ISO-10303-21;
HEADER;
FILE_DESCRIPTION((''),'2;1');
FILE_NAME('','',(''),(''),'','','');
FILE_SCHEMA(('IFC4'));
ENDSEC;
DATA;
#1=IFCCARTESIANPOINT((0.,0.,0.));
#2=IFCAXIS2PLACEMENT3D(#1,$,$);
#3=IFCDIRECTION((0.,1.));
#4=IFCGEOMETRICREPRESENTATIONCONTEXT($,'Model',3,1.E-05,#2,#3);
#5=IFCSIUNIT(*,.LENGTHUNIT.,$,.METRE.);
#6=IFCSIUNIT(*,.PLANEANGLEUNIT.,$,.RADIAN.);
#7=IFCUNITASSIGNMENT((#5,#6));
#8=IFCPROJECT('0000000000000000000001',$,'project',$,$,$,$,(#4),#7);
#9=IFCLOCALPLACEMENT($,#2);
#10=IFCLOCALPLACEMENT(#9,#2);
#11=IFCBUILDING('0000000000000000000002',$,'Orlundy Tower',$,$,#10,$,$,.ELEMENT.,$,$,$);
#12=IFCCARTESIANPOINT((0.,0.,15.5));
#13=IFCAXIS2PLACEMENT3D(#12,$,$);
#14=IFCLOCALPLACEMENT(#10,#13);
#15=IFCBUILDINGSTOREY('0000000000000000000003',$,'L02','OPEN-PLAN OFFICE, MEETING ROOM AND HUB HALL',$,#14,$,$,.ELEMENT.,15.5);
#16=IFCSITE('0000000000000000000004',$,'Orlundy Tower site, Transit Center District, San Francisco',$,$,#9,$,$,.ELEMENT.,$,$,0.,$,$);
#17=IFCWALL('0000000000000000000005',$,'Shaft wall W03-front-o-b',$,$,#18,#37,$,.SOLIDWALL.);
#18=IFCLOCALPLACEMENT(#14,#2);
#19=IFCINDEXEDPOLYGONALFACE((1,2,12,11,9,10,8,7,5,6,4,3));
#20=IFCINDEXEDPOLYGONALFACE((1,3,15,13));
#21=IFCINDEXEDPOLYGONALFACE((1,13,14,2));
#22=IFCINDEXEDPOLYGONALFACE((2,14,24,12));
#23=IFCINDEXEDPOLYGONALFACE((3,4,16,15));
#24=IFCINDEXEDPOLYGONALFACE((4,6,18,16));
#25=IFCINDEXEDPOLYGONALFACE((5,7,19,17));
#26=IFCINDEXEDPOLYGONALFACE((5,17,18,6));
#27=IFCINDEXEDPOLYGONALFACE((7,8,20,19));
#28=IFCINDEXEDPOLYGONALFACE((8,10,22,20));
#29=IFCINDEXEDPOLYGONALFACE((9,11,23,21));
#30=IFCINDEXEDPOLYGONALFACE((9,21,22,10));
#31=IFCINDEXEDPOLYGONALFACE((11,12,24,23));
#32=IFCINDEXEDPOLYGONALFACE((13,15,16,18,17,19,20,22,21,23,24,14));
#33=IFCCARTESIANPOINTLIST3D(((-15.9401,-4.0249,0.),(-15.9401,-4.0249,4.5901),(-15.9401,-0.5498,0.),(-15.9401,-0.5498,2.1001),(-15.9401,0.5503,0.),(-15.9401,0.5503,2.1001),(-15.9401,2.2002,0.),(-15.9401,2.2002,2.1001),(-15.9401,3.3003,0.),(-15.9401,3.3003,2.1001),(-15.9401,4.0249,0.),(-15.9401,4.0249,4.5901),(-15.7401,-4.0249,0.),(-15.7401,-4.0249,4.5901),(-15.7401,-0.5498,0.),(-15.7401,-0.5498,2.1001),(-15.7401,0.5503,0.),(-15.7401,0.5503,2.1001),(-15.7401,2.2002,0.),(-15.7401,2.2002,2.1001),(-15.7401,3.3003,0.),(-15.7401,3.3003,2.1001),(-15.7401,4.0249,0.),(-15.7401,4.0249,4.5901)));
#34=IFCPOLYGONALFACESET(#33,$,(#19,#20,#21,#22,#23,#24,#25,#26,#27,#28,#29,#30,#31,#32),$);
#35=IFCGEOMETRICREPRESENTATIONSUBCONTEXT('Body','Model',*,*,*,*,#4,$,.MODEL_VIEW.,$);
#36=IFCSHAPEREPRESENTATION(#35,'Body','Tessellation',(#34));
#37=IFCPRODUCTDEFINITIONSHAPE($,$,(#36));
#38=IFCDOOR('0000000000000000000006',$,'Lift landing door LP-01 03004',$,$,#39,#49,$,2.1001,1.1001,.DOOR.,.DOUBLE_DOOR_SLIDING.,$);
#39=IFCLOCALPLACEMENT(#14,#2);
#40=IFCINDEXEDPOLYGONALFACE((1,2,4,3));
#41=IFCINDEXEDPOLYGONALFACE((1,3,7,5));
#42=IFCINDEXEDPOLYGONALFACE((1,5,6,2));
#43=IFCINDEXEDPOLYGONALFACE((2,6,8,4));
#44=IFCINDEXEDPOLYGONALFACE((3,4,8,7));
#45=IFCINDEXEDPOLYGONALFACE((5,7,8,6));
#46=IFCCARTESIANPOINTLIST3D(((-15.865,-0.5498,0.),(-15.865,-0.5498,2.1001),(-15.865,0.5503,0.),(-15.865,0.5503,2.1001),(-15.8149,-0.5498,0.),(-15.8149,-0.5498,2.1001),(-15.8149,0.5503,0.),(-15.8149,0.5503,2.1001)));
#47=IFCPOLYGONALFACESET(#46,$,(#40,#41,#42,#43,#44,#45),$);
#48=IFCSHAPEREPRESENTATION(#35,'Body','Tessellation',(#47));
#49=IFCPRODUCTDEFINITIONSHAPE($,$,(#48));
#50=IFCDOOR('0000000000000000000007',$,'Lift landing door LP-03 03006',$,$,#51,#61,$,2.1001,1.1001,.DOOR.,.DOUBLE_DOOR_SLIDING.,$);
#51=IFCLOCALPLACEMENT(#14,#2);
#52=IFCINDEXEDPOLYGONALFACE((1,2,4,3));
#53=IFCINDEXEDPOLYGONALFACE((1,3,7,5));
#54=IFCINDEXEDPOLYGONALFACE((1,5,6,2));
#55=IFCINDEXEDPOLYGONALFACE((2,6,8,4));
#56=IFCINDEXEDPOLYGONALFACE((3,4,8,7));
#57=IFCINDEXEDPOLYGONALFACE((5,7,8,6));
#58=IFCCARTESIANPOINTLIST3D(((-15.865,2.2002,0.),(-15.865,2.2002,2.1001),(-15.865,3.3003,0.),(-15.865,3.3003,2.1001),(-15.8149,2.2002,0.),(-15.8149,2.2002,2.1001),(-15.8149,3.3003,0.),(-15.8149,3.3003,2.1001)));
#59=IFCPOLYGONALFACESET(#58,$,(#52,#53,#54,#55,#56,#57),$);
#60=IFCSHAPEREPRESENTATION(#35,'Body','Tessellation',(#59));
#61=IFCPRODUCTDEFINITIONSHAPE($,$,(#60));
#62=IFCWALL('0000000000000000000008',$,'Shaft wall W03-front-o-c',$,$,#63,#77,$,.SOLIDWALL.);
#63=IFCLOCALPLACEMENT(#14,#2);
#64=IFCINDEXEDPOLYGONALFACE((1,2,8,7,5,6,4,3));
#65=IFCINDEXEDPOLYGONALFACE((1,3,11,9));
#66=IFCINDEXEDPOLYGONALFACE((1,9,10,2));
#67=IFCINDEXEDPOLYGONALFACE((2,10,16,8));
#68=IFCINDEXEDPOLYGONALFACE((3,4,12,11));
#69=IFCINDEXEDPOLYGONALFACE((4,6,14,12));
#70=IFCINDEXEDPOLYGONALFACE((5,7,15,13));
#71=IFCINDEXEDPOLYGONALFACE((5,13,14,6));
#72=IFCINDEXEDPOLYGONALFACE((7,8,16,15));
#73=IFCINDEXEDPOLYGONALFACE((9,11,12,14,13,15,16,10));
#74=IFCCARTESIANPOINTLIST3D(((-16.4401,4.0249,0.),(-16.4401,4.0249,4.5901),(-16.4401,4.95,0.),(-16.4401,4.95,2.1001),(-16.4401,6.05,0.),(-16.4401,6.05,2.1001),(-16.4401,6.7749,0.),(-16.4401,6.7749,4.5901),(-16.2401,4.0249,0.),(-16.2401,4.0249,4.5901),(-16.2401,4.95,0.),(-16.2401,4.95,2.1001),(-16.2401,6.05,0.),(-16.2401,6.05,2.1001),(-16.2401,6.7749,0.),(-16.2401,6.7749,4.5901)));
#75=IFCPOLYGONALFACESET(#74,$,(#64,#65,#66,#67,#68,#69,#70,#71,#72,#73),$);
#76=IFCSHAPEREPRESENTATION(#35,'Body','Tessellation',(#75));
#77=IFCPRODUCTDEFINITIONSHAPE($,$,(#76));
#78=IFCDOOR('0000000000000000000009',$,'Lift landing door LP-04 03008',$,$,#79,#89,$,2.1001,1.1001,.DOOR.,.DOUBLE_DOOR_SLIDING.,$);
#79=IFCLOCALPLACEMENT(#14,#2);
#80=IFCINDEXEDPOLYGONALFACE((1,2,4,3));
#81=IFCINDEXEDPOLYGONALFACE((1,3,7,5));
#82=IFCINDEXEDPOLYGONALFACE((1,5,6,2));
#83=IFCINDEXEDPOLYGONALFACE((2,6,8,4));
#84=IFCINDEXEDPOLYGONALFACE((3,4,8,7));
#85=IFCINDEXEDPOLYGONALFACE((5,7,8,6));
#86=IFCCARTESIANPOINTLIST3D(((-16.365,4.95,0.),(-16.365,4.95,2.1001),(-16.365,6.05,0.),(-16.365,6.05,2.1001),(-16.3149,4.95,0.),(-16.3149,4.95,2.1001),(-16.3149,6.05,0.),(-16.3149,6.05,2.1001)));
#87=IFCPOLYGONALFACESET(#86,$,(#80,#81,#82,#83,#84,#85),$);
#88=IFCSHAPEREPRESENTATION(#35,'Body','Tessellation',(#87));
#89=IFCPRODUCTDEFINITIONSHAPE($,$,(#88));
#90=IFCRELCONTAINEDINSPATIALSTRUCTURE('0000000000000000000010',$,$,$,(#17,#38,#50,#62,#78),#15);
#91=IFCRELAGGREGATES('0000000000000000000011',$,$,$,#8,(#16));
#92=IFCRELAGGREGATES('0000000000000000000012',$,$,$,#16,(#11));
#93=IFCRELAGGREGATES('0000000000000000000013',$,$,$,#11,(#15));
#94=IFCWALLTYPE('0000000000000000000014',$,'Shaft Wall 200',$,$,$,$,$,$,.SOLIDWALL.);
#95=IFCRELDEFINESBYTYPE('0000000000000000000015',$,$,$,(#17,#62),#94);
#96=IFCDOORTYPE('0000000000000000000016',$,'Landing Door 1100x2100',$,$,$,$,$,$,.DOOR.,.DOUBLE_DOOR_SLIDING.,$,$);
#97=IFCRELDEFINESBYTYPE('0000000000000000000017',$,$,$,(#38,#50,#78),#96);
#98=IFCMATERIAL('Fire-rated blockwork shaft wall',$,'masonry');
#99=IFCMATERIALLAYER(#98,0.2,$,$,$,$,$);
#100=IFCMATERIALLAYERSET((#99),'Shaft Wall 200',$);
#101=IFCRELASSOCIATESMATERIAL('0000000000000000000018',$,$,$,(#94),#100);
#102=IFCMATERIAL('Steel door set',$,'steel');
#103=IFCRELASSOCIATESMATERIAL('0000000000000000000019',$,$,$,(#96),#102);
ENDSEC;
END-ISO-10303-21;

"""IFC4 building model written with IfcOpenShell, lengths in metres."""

from ifc_helpers import new_model, si_unit, direction, frame, frame_2d, origin, place, context, subcontext, project, spatial, rectangle, extrude, material, layer, layer_set, type_object, element, fill, save


model = new_model("IFC4")

# Units and contexts
model_context = context("Model", 3, precision=1e-05, world=origin(), true_north=direction((0.0, 1.0)))
body_context = subcontext(model_context, "Body", "Model", "MODEL_VIEW")
ifc_project = project(units=[si_unit("LENGTHUNIT", "METRE"), si_unit("PLANEANGLEUNIT", "RADIAN")], contexts=[model_context])

# Site, building, storey
site_placement = place(None, origin())
site = spatial("IfcSite", under=ifc_project, at=site_placement, Name="Orlundy Tower site, Transit Center District, San Francisco", CompositionType="ELEMENT", RefElevation=0.0)
building_placement = place(site_placement, origin())
building = spatial("IfcBuilding", under=site, at=building_placement, Name="Orlundy Tower", CompositionType="ELEMENT")
storey_placement = place(building_placement, frame((0.0, 0.0, 15.5)))
storey = spatial("IfcBuildingStorey", under=building, at=storey_placement, Name="L02", Description="OPEN-PLAN OFFICE, MEETING ROOM AND HUB HALL", CompositionType="ELEMENT", Elevation=15.5)

# Shared definitions
ifc_material_1 = material(Name="Fire-rated blockwork shaft wall", Category="masonry")
ifc_layer_1 = layer(ifc_material_1, 0.2)
ifc_layer_set_1 = layer_set([ifc_layer_1], Name="Shaft Wall 200")
wall_type_1 = type_object("IfcWallType", Name="Shaft Wall 200", PredefinedType="SOLIDWALL", material=ifc_layer_set_1)

# Shared definitions
ifc_material_2 = material(Name="Steel door set", Category="steel")
door_type_1 = type_object("IfcDoorType", Name="Landing Door 1100x2100", OperationType="DOUBLE_DOOR_SLIDING", PredefinedType="DOOR", material=ifc_material_2)

# Wall, openings, doors
wall_1_placement = place(storey_placement, frame((-15.8401, -4.0249, 0.0), z_axis=(0.0, 0.0, 1.0), x_axis=(0.0, 1.0, 0.0)))
wall_1 = element("IfcWall", 1, at=wall_1_placement, inside=storey, type_object=wall_type_1, Name="Shaft wall W03-front-o-b", PredefinedType="SOLIDWALL", context=body_context, shape_type="SweptSolid", body=[
    extrude(rectangle(XDim=8.0498, YDim=0.2, at=frame_2d((4.0249, 0.0))), origin(), (0.0, 0.0, 1.0), 4.5901),
])
opening_1_placement = place(wall_1_placement, frame((3.4751, 0.0, 0.0)))
opening_1 = element("IfcOpeningElement", 2, at=opening_1_placement, cuts=wall_1, PredefinedType="OPENING", context=body_context, shape_type="SweptSolid", body=[
    extrude(rectangle(XDim=1.1001, YDim=2.1001, at=frame_2d((0.55, 1.05))), frame((0.0, 0.1101, 0.0), z_axis=(0.0, -1.0, 0.0), x_axis=(1.0, 0.0, 0.0)), (0.0, 0.0, 1.0), 0.2202),
])
opening_2_placement = place(wall_1_placement, frame((6.2251, 0.0, 0.0)))
opening_2 = element("IfcOpeningElement", 3, at=opening_2_placement, cuts=wall_1, PredefinedType="OPENING", context=body_context, shape_type="SweptSolid", body=[
    extrude(rectangle(XDim=1.1001, YDim=2.1001, at=frame_2d((0.55, 1.05))), frame((0.0, 0.1101, 0.0), z_axis=(0.0, -1.0, 0.0), x_axis=(1.0, 0.0, 0.0)), (0.0, 0.0, 1.0), 0.2202),
])
door_1_placement = place(opening_1_placement, origin())
door_1 = element("IfcDoor", 4, at=door_1_placement, inside=storey, type_object=door_type_1, Name="Lift landing door LP-01 03004", OperationType="DOUBLE_DOOR_SLIDING", OverallHeight=2.1001, OverallWidth=1.1001, PredefinedType="DOOR", context=body_context, shape_type="SweptSolid", body=[
    extrude(rectangle(XDim=1.1001, YDim=2.1001, at=frame_2d((0.55, 1.05))), frame((0.0, 0.0249, 0.0), z_axis=(0.0, -1.0, 0.0), x_axis=(1.0, 0.0, 0.0)), (0.0, 0.0, 1.0), 0.05),
])
fill(opening_1, door_1)
door_2_placement = place(opening_2_placement, origin())
door_2 = element("IfcDoor", 5, at=door_2_placement, inside=storey, type_object=door_type_1, Name="Lift landing door LP-03 03006", OperationType="DOUBLE_DOOR_SLIDING", OverallHeight=2.1001, OverallWidth=1.1001, PredefinedType="DOOR", context=body_context, shape_type="SweptSolid", body=[
    extrude(rectangle(XDim=1.1001, YDim=2.1001, at=frame_2d((0.55, 1.05))), frame((0.0, 0.0249, 0.0), z_axis=(0.0, -1.0, 0.0), x_axis=(1.0, 0.0, 0.0)), (0.0, 0.0, 1.0), 0.05),
])
fill(opening_2, door_2)

# Wall, opening, door
wall_2_placement = place(storey_placement, frame((-16.3401, 4.0249, 0.0), z_axis=(0.0, 0.0, 1.0), x_axis=(0.0, 1.0, 0.0)))
wall_2 = element("IfcWall", 6, at=wall_2_placement, inside=storey, type_object=wall_type_1, Name="Shaft wall W03-front-o-c", PredefinedType="SOLIDWALL", context=body_context, shape_type="SweptSolid", body=[
    extrude(rectangle(XDim=2.75, YDim=0.2, at=frame_2d((1.375, 0.0))), origin(), (0.0, 0.0, 1.0), 4.5901),
])
opening_3_placement = place(wall_2_placement, frame((0.925, 0.0, 0.0)))
opening_3 = element("IfcOpeningElement", 7, at=opening_3_placement, cuts=wall_2, PredefinedType="OPENING", context=body_context, shape_type="SweptSolid", body=[
    extrude(rectangle(XDim=1.1001, YDim=2.1001, at=frame_2d((0.55, 1.05))), frame((0.0, 0.1101, 0.0), z_axis=(0.0, -1.0, 0.0), x_axis=(1.0, 0.0, 0.0)), (0.0, 0.0, 1.0), 0.2202),
])
door_3_placement = place(opening_3_placement, origin())
door_3 = element("IfcDoor", 8, at=door_3_placement, inside=storey, type_object=door_type_1, Name="Lift landing door LP-04 03008", OperationType="DOUBLE_DOOR_SLIDING", OverallHeight=2.1001, OverallWidth=1.1001, PredefinedType="DOOR", context=body_context, shape_type="SweptSolid", body=[
    extrude(rectangle(XDim=1.1001, YDim=2.1001, at=frame_2d((0.55, 1.05))), frame((0.0, 0.0249, 0.0), z_axis=(0.0, -1.0, 0.0), x_axis=(1.0, 0.0, 0.0)), (0.0, 0.0, 1.0), 0.05),
])
fill(opening_3, door_3)

save(model, "model.ifc")
